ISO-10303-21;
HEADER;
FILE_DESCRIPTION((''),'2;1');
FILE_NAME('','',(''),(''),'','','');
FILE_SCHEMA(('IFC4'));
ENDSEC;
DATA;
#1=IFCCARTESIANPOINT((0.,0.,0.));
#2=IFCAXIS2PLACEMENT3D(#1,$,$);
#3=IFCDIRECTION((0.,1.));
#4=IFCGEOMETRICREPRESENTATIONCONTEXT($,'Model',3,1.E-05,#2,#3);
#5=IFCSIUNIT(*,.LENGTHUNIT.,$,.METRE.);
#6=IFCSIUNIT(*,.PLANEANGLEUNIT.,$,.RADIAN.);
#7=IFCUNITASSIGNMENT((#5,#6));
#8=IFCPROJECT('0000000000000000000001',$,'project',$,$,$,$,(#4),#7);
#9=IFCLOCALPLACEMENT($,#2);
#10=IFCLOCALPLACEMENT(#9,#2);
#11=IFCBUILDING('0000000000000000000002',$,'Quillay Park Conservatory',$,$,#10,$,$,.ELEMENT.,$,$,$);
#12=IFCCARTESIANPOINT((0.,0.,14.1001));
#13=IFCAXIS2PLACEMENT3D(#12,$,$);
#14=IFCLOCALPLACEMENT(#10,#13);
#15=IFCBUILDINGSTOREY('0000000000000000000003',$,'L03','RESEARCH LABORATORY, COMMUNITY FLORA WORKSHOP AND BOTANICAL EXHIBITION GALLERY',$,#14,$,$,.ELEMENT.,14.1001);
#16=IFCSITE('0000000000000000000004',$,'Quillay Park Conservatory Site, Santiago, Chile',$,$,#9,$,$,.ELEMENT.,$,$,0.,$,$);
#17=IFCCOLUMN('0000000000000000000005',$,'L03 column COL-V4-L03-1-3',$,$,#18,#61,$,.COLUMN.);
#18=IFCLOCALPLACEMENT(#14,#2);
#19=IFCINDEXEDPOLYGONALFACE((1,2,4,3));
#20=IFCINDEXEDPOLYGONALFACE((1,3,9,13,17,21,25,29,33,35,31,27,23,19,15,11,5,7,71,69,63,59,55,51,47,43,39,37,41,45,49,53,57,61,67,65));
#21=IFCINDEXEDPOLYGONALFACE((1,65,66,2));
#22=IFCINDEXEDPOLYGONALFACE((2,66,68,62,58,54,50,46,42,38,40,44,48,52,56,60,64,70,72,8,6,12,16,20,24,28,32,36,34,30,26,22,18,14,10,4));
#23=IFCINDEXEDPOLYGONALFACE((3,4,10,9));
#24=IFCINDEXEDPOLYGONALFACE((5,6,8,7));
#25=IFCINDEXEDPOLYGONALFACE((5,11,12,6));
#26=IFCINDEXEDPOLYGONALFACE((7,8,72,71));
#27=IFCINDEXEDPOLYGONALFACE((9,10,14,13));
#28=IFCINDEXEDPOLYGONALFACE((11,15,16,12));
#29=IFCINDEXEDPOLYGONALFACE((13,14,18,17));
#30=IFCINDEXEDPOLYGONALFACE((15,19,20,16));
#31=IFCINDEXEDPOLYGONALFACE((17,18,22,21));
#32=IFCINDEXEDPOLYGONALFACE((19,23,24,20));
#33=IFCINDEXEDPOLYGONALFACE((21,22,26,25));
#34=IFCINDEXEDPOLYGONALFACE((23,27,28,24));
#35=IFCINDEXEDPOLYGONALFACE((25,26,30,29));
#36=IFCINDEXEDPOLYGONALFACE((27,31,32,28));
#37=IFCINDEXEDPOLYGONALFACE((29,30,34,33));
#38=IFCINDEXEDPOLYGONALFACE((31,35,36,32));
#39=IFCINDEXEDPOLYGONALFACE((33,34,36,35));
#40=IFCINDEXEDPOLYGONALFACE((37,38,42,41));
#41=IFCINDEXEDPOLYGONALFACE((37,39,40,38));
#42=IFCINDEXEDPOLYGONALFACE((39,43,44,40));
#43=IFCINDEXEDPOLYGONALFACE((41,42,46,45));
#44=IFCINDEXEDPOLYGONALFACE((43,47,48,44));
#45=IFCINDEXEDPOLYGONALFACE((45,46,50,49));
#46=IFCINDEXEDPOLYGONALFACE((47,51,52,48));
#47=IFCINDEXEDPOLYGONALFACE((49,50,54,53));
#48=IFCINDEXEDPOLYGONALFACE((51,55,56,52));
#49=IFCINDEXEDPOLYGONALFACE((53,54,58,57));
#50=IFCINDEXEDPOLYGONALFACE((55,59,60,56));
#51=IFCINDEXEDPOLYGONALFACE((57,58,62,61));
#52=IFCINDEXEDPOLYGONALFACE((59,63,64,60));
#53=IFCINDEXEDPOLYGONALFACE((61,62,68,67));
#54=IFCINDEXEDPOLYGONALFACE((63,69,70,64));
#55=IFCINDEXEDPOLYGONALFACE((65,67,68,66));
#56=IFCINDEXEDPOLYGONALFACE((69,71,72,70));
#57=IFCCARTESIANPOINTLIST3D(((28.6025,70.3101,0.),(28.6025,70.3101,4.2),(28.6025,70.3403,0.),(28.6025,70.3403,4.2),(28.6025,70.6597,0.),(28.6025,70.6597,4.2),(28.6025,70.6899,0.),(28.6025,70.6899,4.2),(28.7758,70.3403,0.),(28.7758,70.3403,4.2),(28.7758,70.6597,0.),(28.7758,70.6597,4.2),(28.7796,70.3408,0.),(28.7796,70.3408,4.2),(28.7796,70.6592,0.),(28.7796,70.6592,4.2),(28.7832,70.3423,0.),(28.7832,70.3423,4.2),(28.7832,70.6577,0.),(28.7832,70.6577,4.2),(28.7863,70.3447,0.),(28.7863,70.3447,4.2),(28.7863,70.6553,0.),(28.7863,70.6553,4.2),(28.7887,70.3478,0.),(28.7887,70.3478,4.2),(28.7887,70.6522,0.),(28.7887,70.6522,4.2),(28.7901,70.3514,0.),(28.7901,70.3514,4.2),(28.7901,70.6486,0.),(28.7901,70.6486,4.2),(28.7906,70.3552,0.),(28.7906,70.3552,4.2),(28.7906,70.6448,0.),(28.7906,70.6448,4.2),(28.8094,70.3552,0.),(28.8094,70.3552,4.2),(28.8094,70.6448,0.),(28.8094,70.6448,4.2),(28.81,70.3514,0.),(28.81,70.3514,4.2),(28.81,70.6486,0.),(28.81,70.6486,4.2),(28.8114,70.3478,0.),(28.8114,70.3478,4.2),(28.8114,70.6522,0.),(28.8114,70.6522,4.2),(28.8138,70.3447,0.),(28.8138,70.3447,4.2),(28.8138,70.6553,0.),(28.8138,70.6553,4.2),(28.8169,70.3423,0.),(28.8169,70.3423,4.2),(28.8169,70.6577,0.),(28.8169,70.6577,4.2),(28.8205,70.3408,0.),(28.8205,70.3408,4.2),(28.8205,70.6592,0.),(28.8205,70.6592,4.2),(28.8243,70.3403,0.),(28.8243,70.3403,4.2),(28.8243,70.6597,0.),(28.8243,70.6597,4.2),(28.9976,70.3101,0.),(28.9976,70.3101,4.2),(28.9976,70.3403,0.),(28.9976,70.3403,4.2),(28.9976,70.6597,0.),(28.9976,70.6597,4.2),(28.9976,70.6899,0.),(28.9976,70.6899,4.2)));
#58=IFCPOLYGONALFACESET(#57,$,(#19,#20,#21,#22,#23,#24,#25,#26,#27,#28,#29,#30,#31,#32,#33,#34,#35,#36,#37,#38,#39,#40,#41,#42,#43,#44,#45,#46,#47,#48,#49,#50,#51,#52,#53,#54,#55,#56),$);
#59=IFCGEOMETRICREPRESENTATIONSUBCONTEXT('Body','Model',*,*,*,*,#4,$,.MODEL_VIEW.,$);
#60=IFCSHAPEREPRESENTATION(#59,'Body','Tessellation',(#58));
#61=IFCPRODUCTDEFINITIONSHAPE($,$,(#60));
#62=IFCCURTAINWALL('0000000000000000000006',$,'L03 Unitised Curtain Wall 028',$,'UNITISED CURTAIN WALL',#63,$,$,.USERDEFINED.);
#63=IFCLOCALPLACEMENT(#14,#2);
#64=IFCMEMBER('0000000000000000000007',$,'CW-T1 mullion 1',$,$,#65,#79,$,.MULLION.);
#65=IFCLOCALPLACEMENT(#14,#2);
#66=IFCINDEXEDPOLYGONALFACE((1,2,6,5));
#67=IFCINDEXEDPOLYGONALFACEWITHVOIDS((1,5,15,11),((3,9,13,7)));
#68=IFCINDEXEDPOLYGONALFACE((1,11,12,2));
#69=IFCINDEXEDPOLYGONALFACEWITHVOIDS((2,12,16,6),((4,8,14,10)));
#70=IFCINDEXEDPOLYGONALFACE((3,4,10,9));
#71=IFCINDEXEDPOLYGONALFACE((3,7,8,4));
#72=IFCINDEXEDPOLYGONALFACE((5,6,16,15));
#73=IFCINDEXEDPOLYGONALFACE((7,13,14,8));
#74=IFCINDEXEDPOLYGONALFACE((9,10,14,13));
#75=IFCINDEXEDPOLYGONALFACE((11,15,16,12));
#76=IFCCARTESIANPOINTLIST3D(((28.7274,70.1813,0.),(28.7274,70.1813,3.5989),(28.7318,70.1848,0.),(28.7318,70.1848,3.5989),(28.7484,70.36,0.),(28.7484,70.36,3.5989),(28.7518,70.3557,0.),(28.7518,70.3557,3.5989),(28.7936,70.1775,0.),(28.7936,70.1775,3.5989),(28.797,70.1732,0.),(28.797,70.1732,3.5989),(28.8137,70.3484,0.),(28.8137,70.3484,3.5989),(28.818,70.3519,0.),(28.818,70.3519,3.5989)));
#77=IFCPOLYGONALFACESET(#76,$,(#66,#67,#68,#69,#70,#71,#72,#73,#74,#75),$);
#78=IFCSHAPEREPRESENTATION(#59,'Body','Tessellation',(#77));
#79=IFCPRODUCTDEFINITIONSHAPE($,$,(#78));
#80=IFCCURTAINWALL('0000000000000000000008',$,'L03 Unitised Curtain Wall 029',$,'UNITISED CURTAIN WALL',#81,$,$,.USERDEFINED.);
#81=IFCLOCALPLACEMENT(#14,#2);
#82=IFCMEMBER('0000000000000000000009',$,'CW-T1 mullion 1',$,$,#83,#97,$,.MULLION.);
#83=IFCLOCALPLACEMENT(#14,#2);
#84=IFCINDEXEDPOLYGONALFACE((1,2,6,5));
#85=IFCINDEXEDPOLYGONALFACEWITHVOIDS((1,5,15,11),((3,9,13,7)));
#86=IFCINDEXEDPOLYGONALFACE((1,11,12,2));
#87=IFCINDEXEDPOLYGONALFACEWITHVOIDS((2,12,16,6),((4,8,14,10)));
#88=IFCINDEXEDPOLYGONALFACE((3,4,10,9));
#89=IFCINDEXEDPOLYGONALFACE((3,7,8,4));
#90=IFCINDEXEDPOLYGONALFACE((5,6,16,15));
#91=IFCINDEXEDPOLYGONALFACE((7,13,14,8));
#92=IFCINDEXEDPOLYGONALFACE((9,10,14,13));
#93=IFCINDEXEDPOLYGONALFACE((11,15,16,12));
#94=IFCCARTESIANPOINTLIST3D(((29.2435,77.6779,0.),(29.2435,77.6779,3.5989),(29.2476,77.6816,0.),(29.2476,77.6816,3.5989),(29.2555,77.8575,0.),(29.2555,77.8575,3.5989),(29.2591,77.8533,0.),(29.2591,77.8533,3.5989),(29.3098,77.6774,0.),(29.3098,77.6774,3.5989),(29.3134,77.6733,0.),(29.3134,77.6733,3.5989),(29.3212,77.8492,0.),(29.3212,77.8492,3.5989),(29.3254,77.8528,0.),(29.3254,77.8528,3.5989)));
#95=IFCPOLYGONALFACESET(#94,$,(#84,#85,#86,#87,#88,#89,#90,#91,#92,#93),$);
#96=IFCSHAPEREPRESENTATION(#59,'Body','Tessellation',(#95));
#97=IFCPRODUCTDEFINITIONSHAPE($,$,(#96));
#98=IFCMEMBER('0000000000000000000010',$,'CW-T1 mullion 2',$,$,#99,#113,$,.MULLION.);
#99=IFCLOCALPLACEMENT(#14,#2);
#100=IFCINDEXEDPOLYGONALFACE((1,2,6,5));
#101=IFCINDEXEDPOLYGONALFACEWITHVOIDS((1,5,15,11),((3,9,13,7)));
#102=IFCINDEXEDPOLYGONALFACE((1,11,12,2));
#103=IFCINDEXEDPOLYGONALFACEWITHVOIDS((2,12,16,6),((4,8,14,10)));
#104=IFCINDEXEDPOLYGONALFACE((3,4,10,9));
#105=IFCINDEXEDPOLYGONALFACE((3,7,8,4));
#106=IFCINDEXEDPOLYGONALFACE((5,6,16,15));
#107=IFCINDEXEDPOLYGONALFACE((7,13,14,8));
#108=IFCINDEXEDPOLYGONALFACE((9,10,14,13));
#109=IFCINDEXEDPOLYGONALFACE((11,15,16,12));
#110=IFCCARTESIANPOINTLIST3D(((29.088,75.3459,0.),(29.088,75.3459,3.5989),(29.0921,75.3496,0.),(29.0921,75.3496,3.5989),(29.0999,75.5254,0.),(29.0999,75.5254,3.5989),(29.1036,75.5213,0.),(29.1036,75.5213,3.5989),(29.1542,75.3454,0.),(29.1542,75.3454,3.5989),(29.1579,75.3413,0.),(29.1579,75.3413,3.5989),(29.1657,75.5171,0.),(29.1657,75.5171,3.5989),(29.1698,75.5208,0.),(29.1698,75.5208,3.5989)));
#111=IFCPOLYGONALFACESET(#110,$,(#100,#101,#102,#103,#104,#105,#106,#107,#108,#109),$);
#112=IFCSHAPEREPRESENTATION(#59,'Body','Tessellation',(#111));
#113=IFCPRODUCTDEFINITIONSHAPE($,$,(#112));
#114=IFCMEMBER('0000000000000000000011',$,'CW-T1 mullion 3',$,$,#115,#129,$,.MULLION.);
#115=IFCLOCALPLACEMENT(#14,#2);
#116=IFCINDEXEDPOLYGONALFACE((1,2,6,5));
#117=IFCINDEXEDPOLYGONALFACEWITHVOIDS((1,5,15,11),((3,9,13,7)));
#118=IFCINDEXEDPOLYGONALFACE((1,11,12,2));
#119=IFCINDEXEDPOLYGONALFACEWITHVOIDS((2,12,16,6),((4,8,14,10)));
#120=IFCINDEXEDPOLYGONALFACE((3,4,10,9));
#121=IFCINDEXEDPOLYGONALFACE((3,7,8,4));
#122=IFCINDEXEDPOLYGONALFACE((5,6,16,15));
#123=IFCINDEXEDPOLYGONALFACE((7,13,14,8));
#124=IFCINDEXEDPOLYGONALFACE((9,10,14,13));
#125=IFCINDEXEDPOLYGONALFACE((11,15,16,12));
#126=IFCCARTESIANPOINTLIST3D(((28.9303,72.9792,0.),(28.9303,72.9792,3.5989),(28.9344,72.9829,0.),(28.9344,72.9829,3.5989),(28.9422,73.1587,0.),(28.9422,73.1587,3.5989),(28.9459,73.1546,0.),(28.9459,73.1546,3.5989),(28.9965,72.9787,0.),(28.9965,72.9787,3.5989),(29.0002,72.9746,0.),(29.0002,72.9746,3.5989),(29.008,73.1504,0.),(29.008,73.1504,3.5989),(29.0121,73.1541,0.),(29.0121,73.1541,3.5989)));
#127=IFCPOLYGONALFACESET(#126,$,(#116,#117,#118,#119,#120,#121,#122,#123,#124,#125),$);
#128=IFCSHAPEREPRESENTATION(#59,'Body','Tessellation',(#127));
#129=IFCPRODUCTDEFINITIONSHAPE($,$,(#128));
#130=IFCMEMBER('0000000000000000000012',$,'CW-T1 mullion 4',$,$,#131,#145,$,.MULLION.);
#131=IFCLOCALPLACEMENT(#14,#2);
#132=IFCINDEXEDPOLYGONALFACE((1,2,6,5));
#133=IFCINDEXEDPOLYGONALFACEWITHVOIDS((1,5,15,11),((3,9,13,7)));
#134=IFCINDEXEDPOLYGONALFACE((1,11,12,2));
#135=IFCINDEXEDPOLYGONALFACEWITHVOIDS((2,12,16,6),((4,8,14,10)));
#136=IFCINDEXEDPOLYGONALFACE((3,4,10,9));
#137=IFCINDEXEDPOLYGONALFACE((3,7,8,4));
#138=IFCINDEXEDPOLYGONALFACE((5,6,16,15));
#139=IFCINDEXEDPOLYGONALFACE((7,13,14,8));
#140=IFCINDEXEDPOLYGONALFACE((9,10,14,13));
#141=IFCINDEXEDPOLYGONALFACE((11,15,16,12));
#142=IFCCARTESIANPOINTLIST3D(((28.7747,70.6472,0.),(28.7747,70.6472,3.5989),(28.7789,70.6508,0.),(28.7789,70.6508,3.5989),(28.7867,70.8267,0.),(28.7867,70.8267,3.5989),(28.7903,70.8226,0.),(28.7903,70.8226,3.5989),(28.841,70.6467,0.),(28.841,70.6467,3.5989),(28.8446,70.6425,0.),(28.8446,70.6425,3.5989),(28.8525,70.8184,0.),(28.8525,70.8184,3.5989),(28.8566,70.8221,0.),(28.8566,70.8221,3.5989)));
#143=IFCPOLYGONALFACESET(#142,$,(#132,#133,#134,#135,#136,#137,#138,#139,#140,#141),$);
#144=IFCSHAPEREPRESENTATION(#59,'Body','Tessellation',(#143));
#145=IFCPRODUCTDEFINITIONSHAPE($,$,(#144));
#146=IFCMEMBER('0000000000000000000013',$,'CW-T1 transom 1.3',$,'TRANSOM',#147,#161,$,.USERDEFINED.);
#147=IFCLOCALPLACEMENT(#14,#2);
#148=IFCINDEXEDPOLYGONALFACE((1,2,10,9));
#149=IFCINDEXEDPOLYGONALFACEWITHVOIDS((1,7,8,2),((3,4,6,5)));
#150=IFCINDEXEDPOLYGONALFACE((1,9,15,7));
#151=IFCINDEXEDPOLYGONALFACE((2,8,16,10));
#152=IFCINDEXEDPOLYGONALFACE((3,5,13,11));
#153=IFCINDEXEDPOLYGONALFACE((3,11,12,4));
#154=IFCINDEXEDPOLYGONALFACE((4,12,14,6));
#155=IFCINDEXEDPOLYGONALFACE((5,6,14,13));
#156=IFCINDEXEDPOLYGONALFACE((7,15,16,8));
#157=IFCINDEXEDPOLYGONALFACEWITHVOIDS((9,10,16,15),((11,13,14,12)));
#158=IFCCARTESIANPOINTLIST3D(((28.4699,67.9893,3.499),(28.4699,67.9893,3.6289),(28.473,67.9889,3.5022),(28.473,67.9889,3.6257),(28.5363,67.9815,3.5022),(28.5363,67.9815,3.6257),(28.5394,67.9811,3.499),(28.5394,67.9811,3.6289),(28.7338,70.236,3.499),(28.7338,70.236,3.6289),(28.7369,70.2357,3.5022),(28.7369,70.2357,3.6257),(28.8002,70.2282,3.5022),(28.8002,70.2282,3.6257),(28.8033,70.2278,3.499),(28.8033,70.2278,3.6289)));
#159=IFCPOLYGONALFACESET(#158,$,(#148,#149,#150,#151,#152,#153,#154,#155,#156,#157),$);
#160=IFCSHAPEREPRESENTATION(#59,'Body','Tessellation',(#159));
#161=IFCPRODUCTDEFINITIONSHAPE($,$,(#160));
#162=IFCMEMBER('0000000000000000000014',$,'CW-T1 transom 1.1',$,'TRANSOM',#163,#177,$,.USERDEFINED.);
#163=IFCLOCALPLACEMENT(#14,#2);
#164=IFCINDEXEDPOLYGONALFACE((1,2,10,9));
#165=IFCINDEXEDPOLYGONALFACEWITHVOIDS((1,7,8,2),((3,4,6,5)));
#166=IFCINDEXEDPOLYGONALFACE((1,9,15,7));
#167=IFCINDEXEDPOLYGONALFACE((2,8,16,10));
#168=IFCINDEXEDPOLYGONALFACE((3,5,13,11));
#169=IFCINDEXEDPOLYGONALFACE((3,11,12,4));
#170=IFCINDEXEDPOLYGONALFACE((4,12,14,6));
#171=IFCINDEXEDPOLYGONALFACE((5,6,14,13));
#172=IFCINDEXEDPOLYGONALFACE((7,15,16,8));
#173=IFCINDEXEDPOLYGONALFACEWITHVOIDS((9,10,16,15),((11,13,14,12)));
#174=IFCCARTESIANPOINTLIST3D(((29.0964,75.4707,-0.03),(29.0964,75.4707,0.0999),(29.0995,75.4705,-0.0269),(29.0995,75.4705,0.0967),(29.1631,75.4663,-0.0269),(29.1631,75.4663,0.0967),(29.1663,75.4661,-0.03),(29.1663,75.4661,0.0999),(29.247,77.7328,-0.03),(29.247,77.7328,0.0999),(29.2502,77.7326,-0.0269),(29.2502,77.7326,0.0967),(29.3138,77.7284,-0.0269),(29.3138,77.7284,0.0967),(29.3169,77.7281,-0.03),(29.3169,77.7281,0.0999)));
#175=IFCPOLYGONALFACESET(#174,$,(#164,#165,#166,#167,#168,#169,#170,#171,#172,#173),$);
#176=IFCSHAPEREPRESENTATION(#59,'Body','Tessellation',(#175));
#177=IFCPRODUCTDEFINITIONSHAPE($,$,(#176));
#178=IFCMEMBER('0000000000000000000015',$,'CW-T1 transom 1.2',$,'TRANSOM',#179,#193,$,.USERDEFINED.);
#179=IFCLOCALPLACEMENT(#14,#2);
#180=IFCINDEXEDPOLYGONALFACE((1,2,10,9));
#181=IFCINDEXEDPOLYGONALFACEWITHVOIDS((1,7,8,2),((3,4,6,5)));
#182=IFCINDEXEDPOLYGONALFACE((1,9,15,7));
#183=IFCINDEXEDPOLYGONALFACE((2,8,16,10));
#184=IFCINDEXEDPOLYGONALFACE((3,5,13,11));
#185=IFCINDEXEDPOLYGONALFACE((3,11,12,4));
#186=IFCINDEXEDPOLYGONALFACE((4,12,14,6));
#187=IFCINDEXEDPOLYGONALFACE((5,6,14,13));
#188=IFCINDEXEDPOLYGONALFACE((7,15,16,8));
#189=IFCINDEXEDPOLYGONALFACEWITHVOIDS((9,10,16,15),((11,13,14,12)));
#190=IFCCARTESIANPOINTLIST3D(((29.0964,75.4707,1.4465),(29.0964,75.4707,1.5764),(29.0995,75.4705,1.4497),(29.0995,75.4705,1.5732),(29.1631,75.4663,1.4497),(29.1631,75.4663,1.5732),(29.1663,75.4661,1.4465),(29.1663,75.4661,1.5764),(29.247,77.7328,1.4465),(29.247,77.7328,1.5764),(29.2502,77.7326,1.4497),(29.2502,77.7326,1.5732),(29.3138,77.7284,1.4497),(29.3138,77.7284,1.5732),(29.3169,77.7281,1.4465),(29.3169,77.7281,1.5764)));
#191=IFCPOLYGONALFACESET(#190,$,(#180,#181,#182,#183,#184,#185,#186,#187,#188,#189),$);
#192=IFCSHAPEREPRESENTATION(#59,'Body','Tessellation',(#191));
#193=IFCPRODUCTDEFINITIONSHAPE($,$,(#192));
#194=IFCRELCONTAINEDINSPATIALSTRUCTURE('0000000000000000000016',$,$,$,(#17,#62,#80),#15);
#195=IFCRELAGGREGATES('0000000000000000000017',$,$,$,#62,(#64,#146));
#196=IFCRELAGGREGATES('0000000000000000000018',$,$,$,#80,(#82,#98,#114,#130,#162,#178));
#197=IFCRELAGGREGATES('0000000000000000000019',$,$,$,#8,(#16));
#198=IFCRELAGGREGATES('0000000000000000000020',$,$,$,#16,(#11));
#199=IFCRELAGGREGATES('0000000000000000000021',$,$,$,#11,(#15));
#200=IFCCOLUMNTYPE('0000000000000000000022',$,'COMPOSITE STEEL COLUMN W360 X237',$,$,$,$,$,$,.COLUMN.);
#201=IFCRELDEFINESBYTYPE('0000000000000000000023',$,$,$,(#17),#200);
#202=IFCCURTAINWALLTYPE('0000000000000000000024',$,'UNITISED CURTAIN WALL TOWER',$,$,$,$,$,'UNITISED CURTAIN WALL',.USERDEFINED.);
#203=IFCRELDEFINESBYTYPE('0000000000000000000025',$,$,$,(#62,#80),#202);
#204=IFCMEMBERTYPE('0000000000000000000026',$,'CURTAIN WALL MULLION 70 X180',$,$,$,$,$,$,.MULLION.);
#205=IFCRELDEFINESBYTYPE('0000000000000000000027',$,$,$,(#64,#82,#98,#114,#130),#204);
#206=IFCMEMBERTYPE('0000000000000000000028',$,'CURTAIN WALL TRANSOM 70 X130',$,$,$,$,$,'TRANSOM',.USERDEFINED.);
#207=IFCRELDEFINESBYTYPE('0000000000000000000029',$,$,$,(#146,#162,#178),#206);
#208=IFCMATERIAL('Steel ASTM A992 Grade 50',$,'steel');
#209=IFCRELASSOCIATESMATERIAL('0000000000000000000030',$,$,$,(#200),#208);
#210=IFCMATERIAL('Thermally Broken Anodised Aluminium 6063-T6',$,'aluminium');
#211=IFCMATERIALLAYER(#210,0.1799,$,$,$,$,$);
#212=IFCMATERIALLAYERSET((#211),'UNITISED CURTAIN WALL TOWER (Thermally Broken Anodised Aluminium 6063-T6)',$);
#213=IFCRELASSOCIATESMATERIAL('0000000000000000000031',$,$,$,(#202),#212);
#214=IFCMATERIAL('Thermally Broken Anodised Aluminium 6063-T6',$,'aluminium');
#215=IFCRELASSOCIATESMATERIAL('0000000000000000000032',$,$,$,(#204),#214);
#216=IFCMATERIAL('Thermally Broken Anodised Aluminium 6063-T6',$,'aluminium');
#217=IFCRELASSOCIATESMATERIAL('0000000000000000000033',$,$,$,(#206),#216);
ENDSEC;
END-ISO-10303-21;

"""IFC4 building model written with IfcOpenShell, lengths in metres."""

from ifc_helpers import new_model, si_unit, direction, frame, origin, origin_2d, place, context, subcontext, project, spatial, hollow_rectangle, i_section, extrude, material, layer, layer_set, material_profile, profile_set, type_object, element, aggregate, save


model = new_model("IFC4")

# Units and contexts
model_context = context("Model", 3, precision=1e-05, world=origin(), true_north=direction((0.0, 1.0)))
body_context = subcontext(model_context, "Body", "Model", "MODEL_VIEW")
ifc_project = project(units=[si_unit("LENGTHUNIT", "METRE"), si_unit("PLANEANGLEUNIT", "RADIAN")], contexts=[model_context])

# Site, building, storey
site_placement = place(None, origin())
site = spatial("IfcSite", under=ifc_project, at=site_placement, Name="Quillay Park Conservatory Site, Santiago, Chile", CompositionType="ELEMENT", RefElevation=0.0)
building_placement = place(site_placement, origin())
building = spatial("IfcBuilding", under=site, at=building_placement, Name="Quillay Park Conservatory", CompositionType="ELEMENT")
storey_placement = place(building_placement, frame((0.0, 0.0, 14.1001)))
storey = spatial("IfcBuildingStorey", under=building, at=storey_placement, Name="L03", Description="RESEARCH LABORATORY, COMMUNITY FLORA WORKSHOP AND BOTANICAL EXHIBITION GALLERY", CompositionType="ELEMENT", Elevation=14.1001)

# Column
ifc_material_1 = material(Name="Steel ASTM A992 Grade 50", Category="steel")
ifc_material_profile_1 = material_profile(ifc_material_1, i_section(OverallWidth=0.395, OverallDepth=0.3799, WebThickness=0.0188, FlangeThickness=0.0303, FilletRadius=0.0149, at=origin_2d()), Name="W360x237")
ifc_profile_set_1 = profile_set([ifc_material_profile_1], Name="Steel ASTM A992 Grade 50")
column_type = type_object("IfcColumnType", Name="COMPOSITE STEEL COLUMN W360 X237", PredefinedType="COLUMN", material=ifc_profile_set_1)
column_placement = place(storey_placement, frame((28.8, 70.5, 0.0), z_axis=(0.0, 0.0, 1.0), x_axis=(1.0, 0.0, 0.0)))
element("IfcColumn", 1, at=column_placement, inside=storey, type_object=column_type, Name="L03 column COL-V4-L03-1-3", PredefinedType="COLUMN", context=body_context, shape_type="SweptSolid", body=[
    extrude(i_section(OverallWidth=0.395, OverallDepth=0.3799, WebThickness=0.0188, FlangeThickness=0.0303, FilletRadius=0.0149, at=origin_2d()), origin(), (0.0, 0.0, 1.0), 4.2),
])

# Curtain wall, member
ifc_material_2 = material(Name="Thermally Broken Anodised Aluminium 6063-T6", Category="aluminium")
ifc_layer_1 = layer(ifc_material_2, 0.1799)
ifc_layer_set_1 = layer_set([ifc_layer_1], Name="UNITISED CURTAIN WALL TOWER (Thermally Broken Anodised Aluminium 6063-T6)")
curtain_wall_type = type_object("IfcCurtainWallType", Name="UNITISED CURTAIN WALL TOWER", ElementType="UNITISED CURTAIN WALL", PredefinedType="USERDEFINED", material=ifc_layer_set_1)
curtain_wall_1_placement = place(storey_placement, origin())
curtain_wall_1 = element("IfcCurtainWall", 2, at=curtain_wall_1_placement, inside=storey, type_object=curtain_wall_type, Name="L03 Unitised Curtain Wall 028", ObjectType="UNITISED CURTAIN WALL", PredefinedType="USERDEFINED")
ifc_material_3 = material(Name="Thermally Broken Anodised Aluminium 6063-T6", Category="aluminium")
ifc_material_profile_2 = material_profile(ifc_material_3, hollow_rectangle(XDim=0.0701, YDim=0.1799, WallThickness=0.0039, at=origin_2d()), Name="AL70x180x4")
ifc_profile_set_2 = profile_set([ifc_material_profile_2], Name="Thermally Broken Anodised Aluminium 6063-T6")
member_type_1 = type_object("IfcMemberType", Name="CURTAIN WALL MULLION 70 X180", PredefinedType="MULLION", material=ifc_profile_set_2)
member_1_placement = place(storey_placement, frame((28.7727, 70.2666, 0.0), z_axis=(0.0, 0.0, 1.0), x_axis=(0.993173, -0.116655, 0.0)))
member_1 = element("IfcMember", 3, at=member_1_placement, type_object=member_type_1, Name="CW-T1 mullion 1", PredefinedType="MULLION", context=body_context, shape_type="SweptSolid", body=[
    extrude(hollow_rectangle(XDim=0.0701, YDim=0.1799, WallThickness=0.0039, at=origin_2d()), origin(), (0.0, 0.0, 1.0), 3.5989),
])

# Curtain wall, members
curtain_wall_2_placement = place(storey_placement, origin())
curtain_wall_2 = element("IfcCurtainWall", 4, at=curtain_wall_2_placement, inside=storey, type_object=curtain_wall_type, Name="L03 Unitised Curtain Wall 029", ObjectType="UNITISED CURTAIN WALL", PredefinedType="USERDEFINED")
member_2_placement = place(storey_placement, frame((29.2844, 77.7654, 0.0), z_axis=(0.0, 0.0, 1.0), x_axis=(0.997785, -0.066521, 0.0)))
member_2 = element("IfcMember", 5, at=member_2_placement, type_object=member_type_1, Name="CW-T1 mullion 1", PredefinedType="MULLION", context=body_context, shape_type="SweptSolid", body=[
    extrude(hollow_rectangle(XDim=0.0701, YDim=0.1799, WallThickness=0.0039, at=origin_2d()), origin(), (0.0, 0.0, 1.0), 3.5989),
])
member_3_placement = place(storey_placement, frame((29.1289, 75.4333, 0.0), z_axis=(0.0, 0.0, 1.0), x_axis=(0.997785, -0.066521, 0.0)))
member_3 = element("IfcMember", 6, at=member_3_placement, type_object=member_type_1, Name="CW-T1 mullion 2", PredefinedType="MULLION", context=body_context, shape_type="SweptSolid", body=[
    extrude(hollow_rectangle(XDim=0.0701, YDim=0.1799, WallThickness=0.0039, at=origin_2d()), origin(), (0.0, 0.0, 1.0), 3.5989),
])
member_4_placement = place(storey_placement, frame((28.9712, 73.0667, 0.0), z_axis=(0.0, 0.0, 1.0), x_axis=(0.997785, -0.066521, 0.0)))
member_4 = element("IfcMember", 7, at=member_4_placement, type_object=member_type_1, Name="CW-T1 mullion 3", PredefinedType="MULLION", context=body_context, shape_type="SweptSolid", body=[
    extrude(hollow_rectangle(XDim=0.0701, YDim=0.1799, WallThickness=0.0039, at=origin_2d()), origin(), (0.0, 0.0, 1.0), 3.5989),
])
member_5_placement = place(storey_placement, frame((28.8157, 70.7346, 0.0), z_axis=(0.0, 0.0, 1.0), x_axis=(0.997785, -0.066521, 0.0)))
member_5 = element("IfcMember", 8, at=member_5_placement, type_object=member_type_1, Name="CW-T1 mullion 4", PredefinedType="MULLION", context=body_context, shape_type="SweptSolid", body=[
    extrude(hollow_rectangle(XDim=0.0701, YDim=0.1799, WallThickness=0.0039, at=origin_2d()), origin(), (0.0, 0.0, 1.0), 3.5989),
])

# Members
ifc_material_4 = material(Name="Thermally Broken Anodised Aluminium 6063-T6", Category="aluminium")
ifc_material_profile_3 = material_profile(ifc_material_4, hollow_rectangle(XDim=0.0701, YDim=0.1299, WallThickness=0.0032, at=origin_2d()), Name="AL70x130x3.2")
ifc_profile_set_3 = profile_set([ifc_material_profile_3], Name="Thermally Broken Anodised Aluminium 6063-T6")
member_type_2 = type_object("IfcMemberType", Name="CURTAIN WALL TRANSOM 70 X130", ElementType="TRANSOM", PredefinedType="USERDEFINED", material=ifc_profile_set_3)
member_6_placement = place(storey_placement, frame((28.7686, 70.2319, 3.564), z_axis=(-0.11666, -0.993172, 0.0), x_axis=(0.993172, -0.11666, 0.0)))
member_6 = element("IfcMember", 9, at=member_6_placement, type_object=member_type_2, Name="CW-T1 transom 1.3", ObjectType="TRANSOM", PredefinedType="USERDEFINED", context=body_context, shape_type="SweptSolid", body=[
    extrude(hollow_rectangle(XDim=0.0701, YDim=0.1299, WallThickness=0.0032, at=origin_2d()), origin(), (0.0, 0.0, 1.0), 2.2622),
])
aggregate(curtain_wall_1, [member_1, member_6])
member_7_placement = place(storey_placement, frame((29.282, 77.7305, 0.0349), z_axis=(-0.066448, -0.99779, 0.0), x_axis=(0.99779, -0.066448, 0.0)))
member_7 = element("IfcMember", 10, at=member_7_placement, type_object=member_type_2, Name="CW-T1 transom 1.1", ObjectType="TRANSOM", PredefinedType="USERDEFINED", context=body_context, shape_type="SweptSolid", body=[
    extrude(hollow_rectangle(XDim=0.0701, YDim=0.1299, WallThickness=0.0032, at=origin_2d()), origin(), (0.0, 0.0, 1.0), 2.2671),
])
member_8_placement = place(storey_placement, frame((29.282, 77.7305, 1.5115), z_axis=(-0.066448, -0.99779, 0.0), x_axis=(0.99779, -0.066448, 0.0)))
member_8 = element("IfcMember", 11, at=member_8_placement, type_object=member_type_2, Name="CW-T1 transom 1.2", ObjectType="TRANSOM", PredefinedType="USERDEFINED", context=body_context, shape_type="SweptSolid", body=[
    extrude(hollow_rectangle(XDim=0.0701, YDim=0.1299, WallThickness=0.0032, at=origin_2d()), origin(), (0.0, 0.0, 1.0), 2.2671),
])

aggregate(curtain_wall_2, [member_2, member_3, member_4, member_5, member_7, member_8])

save(model, "model.ifc")
